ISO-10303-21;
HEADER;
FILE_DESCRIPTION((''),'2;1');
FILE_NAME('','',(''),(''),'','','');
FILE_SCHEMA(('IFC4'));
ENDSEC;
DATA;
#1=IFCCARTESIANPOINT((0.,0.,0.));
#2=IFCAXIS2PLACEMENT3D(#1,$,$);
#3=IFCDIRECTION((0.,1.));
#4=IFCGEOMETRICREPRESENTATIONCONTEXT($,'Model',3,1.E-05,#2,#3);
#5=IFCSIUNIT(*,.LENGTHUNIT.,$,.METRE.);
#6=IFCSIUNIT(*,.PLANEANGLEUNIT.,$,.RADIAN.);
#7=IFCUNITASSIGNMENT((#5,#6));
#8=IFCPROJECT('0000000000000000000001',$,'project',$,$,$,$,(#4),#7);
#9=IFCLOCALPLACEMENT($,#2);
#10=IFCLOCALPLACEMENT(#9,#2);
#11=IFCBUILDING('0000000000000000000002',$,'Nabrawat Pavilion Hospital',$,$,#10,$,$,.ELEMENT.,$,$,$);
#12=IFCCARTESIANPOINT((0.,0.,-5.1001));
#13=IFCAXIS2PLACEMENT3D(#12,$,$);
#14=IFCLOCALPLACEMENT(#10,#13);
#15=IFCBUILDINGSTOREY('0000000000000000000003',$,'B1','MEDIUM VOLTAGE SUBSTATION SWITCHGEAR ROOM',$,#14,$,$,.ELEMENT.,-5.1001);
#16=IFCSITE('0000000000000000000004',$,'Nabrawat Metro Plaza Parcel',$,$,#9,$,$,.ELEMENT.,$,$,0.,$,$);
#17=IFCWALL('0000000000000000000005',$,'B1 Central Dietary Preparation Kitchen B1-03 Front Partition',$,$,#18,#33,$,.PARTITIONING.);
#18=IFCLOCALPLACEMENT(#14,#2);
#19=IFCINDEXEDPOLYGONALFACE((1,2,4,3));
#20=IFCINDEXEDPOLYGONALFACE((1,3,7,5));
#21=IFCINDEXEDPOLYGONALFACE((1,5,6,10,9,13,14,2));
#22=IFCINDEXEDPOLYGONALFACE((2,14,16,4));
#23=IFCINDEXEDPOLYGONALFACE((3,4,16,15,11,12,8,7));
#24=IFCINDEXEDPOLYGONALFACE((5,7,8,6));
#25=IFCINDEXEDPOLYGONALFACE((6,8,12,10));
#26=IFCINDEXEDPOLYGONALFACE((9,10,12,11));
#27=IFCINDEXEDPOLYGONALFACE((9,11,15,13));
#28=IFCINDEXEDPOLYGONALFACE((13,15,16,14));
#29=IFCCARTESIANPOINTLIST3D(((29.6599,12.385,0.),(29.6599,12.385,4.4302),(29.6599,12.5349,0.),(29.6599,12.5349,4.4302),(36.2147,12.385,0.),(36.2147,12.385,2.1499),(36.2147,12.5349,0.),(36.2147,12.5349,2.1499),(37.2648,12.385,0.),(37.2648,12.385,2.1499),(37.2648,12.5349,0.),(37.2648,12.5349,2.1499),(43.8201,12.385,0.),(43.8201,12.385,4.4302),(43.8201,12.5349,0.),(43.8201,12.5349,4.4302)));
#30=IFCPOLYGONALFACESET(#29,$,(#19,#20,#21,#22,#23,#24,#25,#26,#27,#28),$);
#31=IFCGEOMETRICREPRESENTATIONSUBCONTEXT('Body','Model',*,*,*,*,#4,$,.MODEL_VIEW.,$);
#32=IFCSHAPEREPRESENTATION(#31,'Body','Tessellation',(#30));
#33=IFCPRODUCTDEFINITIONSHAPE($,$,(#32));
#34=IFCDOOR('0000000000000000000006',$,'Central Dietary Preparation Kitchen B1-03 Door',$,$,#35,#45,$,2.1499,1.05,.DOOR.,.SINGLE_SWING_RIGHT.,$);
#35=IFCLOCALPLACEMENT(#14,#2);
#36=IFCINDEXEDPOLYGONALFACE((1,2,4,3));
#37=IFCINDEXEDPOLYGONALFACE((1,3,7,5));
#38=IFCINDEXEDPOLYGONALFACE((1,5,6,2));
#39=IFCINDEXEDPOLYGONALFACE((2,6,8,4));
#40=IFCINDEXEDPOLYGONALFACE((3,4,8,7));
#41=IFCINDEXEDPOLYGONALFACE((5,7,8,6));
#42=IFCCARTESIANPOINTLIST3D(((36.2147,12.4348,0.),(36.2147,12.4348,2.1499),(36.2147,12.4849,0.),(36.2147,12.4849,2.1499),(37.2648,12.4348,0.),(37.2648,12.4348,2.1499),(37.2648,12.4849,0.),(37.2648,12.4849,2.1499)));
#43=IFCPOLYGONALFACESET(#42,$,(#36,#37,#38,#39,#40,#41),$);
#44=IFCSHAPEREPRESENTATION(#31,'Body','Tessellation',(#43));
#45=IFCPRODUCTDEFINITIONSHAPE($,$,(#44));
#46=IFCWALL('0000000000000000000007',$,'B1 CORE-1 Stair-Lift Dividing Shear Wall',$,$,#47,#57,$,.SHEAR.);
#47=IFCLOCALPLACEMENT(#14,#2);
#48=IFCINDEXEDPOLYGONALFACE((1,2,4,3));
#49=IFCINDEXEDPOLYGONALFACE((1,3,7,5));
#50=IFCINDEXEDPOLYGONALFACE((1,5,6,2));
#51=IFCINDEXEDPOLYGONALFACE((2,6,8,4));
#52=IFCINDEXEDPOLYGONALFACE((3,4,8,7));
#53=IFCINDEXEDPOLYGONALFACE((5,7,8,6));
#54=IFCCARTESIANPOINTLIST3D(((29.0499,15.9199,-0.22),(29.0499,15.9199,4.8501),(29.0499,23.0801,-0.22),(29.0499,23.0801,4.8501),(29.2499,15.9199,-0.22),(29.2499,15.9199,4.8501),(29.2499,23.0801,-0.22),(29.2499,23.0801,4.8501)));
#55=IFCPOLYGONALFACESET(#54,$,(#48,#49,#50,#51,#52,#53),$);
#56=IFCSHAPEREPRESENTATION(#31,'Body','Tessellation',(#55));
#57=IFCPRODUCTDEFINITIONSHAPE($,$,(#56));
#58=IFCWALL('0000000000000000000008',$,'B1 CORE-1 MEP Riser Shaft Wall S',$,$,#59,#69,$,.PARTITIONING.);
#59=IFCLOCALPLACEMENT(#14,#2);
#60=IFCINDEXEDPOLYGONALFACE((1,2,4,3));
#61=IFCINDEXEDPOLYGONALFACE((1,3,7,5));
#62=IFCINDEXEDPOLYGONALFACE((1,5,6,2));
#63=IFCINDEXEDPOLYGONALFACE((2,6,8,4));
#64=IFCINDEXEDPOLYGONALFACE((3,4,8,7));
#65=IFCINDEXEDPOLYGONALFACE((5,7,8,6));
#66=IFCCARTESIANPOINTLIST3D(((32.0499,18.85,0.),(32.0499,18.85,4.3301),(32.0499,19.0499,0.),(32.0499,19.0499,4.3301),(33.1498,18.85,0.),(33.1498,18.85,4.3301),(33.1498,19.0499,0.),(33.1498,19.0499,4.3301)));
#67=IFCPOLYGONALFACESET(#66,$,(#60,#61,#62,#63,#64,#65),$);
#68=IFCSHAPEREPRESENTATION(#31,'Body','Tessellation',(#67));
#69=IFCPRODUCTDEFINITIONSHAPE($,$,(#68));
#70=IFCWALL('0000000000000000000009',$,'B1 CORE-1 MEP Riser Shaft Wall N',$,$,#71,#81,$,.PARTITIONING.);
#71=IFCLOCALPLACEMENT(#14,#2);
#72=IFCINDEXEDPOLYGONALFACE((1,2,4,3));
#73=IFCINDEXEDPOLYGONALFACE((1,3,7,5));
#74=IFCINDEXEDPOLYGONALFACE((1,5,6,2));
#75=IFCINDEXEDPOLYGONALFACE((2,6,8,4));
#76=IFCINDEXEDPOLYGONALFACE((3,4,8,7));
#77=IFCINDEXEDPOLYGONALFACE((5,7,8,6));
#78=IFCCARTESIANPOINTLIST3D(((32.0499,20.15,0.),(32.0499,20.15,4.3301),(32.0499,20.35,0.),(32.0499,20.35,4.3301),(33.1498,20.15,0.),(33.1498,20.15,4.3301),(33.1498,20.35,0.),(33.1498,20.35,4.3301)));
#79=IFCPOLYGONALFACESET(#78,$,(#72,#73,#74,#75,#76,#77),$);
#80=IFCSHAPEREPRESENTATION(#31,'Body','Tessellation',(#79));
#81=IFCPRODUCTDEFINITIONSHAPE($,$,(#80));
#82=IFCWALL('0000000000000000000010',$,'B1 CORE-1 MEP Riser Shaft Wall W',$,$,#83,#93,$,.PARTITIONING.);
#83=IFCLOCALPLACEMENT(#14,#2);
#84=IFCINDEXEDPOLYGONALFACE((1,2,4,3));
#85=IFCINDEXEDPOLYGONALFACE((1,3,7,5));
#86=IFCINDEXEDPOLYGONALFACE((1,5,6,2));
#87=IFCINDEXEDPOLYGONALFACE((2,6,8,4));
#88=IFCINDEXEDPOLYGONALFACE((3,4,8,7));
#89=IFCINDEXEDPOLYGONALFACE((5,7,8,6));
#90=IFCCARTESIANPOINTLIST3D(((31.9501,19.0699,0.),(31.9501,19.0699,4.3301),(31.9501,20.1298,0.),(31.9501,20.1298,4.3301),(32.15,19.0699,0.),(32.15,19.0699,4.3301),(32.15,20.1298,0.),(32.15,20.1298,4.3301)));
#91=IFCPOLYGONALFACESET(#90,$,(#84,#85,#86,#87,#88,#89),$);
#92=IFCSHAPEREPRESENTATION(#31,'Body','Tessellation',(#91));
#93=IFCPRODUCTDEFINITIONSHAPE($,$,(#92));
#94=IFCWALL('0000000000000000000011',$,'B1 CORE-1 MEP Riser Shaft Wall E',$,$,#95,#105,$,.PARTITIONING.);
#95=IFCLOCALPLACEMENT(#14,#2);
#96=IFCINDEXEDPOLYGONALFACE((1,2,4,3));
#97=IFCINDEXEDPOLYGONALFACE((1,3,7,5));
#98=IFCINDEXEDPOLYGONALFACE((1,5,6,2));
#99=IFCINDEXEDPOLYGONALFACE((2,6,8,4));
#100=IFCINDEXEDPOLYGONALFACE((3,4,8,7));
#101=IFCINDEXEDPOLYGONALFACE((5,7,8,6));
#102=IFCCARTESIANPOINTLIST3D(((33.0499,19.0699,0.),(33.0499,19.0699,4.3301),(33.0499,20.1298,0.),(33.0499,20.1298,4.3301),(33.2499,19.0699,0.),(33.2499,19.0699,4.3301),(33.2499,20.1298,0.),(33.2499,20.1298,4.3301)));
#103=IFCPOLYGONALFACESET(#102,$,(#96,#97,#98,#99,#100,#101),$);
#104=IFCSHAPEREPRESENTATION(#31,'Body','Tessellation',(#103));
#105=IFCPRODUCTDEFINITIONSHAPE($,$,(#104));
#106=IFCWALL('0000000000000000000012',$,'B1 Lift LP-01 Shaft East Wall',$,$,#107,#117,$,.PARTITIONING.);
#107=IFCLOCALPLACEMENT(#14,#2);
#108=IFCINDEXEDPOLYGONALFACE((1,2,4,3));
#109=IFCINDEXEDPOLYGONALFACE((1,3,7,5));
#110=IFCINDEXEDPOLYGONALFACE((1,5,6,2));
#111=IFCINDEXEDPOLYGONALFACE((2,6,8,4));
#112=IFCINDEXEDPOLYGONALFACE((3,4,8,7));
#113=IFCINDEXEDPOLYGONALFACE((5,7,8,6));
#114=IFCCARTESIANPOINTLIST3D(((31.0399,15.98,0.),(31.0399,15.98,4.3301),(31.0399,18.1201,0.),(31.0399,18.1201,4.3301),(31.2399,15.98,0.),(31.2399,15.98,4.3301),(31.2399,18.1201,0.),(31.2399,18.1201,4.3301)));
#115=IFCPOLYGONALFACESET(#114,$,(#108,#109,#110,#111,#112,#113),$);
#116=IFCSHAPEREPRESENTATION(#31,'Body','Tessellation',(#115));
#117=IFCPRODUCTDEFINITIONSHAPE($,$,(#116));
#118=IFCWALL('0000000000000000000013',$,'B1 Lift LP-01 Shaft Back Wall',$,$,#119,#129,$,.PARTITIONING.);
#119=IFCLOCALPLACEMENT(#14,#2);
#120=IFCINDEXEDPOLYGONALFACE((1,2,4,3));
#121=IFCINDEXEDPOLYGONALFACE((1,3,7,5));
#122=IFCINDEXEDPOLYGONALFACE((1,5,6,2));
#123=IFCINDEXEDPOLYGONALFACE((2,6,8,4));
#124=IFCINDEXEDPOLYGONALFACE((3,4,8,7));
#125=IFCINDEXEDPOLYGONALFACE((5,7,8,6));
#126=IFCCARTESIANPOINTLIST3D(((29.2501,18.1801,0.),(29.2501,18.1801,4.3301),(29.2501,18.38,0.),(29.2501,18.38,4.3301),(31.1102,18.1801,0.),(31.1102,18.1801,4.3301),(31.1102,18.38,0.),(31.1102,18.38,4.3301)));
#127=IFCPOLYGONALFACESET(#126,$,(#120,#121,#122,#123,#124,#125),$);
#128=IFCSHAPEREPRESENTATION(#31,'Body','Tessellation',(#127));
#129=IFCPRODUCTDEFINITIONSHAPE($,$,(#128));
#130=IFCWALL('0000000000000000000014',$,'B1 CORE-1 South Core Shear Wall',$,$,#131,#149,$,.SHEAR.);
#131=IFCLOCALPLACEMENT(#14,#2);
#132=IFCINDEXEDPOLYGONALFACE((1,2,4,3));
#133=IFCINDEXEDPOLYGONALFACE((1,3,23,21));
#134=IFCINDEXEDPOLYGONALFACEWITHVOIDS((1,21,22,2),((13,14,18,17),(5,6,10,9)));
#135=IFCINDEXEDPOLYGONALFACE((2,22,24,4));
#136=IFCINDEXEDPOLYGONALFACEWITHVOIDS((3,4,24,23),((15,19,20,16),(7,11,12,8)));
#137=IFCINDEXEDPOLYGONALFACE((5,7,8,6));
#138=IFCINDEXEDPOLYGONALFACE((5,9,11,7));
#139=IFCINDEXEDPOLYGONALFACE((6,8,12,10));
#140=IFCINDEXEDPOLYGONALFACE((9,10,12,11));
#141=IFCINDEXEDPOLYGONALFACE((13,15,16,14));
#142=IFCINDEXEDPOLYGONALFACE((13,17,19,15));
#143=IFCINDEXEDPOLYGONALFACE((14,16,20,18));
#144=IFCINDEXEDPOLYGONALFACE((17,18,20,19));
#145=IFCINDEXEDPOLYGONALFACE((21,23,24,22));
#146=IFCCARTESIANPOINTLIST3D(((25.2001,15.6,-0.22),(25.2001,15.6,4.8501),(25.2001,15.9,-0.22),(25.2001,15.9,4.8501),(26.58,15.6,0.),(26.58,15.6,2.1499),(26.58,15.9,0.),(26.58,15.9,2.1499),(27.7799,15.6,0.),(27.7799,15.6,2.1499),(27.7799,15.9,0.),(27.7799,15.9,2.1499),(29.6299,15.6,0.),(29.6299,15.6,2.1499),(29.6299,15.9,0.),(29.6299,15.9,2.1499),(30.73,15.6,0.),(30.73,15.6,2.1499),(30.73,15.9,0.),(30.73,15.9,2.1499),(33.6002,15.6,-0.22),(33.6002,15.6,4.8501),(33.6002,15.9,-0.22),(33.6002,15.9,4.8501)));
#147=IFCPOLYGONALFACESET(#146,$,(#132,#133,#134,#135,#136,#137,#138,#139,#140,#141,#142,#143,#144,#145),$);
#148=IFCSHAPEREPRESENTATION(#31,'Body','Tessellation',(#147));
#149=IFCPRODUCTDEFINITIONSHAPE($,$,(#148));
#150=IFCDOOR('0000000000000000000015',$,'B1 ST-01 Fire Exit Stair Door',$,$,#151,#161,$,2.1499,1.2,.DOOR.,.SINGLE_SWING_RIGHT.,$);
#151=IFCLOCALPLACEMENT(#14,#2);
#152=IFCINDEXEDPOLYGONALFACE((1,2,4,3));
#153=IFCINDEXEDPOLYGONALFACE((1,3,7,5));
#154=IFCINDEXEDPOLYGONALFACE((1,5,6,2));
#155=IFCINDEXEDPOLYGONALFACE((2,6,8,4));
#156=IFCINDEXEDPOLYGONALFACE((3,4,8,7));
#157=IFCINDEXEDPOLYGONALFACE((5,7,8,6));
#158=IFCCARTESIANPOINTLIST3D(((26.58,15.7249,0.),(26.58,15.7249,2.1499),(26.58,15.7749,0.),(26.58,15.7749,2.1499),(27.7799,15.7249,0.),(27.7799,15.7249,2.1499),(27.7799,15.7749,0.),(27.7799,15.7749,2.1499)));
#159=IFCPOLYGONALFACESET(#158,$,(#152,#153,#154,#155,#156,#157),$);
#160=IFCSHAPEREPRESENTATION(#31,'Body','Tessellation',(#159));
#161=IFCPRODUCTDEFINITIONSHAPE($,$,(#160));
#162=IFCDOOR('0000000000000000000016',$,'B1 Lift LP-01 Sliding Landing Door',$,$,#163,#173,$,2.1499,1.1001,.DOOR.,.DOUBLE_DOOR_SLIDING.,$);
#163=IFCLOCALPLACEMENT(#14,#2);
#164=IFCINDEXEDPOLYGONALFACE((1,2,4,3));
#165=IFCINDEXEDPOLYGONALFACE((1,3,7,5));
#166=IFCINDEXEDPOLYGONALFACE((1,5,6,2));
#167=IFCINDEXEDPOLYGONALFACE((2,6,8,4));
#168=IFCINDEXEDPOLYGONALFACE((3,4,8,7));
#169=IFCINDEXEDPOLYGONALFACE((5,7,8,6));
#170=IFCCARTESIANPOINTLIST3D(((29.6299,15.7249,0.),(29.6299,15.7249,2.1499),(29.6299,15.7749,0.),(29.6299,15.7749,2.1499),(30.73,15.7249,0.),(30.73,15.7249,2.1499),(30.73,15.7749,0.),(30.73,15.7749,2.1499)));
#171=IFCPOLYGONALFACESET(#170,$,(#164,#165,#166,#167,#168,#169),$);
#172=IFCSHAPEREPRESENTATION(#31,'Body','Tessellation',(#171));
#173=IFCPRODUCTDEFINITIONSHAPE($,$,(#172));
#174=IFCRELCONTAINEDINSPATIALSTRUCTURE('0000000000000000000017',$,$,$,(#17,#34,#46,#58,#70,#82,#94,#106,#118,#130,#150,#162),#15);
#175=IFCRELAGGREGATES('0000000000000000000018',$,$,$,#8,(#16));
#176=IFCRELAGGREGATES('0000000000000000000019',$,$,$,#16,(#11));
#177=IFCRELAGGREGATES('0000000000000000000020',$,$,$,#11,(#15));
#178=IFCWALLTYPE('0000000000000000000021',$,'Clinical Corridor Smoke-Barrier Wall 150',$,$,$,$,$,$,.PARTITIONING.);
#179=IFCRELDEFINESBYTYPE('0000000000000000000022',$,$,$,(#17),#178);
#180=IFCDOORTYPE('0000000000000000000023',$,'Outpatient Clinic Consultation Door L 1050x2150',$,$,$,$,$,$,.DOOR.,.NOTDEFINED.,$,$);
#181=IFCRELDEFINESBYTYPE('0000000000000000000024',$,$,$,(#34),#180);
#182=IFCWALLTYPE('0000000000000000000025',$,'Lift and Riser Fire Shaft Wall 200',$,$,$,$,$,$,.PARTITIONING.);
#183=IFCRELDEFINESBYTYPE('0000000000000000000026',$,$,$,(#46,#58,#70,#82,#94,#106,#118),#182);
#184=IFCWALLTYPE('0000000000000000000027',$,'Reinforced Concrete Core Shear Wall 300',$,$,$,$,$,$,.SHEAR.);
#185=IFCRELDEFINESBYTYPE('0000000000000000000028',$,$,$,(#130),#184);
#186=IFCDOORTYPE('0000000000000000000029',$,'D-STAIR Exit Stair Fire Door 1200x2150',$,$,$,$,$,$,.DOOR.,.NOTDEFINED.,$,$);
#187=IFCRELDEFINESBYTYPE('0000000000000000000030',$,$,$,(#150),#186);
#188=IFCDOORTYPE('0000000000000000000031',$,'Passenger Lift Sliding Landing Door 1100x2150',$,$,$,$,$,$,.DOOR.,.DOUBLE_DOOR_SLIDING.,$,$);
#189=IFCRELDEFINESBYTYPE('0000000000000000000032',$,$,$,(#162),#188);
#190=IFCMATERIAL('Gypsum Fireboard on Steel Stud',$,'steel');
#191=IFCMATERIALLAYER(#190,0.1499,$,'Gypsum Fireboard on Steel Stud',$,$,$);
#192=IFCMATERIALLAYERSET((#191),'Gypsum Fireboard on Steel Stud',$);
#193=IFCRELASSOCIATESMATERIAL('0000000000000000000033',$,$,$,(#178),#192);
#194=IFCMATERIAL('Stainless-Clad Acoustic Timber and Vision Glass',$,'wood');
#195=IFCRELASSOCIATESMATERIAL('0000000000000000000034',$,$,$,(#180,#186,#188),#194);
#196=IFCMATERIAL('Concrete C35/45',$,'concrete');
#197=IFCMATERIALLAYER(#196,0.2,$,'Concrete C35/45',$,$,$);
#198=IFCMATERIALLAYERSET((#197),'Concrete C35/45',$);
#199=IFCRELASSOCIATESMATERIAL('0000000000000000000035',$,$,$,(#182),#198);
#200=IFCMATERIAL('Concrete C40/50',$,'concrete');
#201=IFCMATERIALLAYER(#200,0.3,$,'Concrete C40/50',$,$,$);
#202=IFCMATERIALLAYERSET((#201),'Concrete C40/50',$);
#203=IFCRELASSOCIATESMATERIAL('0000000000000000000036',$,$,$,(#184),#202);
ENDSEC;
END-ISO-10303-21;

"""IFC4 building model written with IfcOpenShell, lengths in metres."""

from ifc_helpers import new_model, si_unit, direction, frame, frame_2d, origin, place, context, subcontext, project, spatial, rectangle, extrude, material, layer, layer_set, type_object, element, fill, save


model = new_model("IFC4")

# Units and contexts
model_context = context("Model", 3, precision=1e-05, world=origin(), true_north=direction((0.0, 1.0)))
body_context = subcontext(model_context, "Body", "Model", "MODEL_VIEW")
ifc_project = project(units=[si_unit("LENGTHUNIT", "METRE"), si_unit("PLANEANGLEUNIT", "RADIAN")], contexts=[model_context])

# Site, building, storey
site_placement = place(None, origin())
site = spatial("IfcSite", under=ifc_project, at=site_placement, Name="Nabrawat Metro Plaza Parcel", CompositionType="ELEMENT", RefElevation=0.0)
building_placement = place(site_placement, origin())
building = spatial("IfcBuilding", under=site, at=building_placement, Name="Nabrawat Pavilion Hospital", CompositionType="ELEMENT")
storey_placement = place(building_placement, frame((0.0, 0.0, -5.1001)))
storey = spatial("IfcBuildingStorey", under=building, at=storey_placement, Name="B1", Description="MEDIUM VOLTAGE SUBSTATION SWITCHGEAR ROOM", CompositionType="ELEMENT", Elevation=-5.1001)

# Shared definitions
ifc_material_1 = material(Name="Concrete C35/45", Category="concrete")

# Shared definitions
ifc_material_2 = material(Name="Concrete C40/50", Category="concrete")

# Wall, opening, door
ifc_material_3 = material(Name="Gypsum Fireboard on Steel Stud", Category="steel")
ifc_layer_1 = layer(ifc_material_3, 0.1499, Name="Gypsum Fireboard on Steel Stud")
ifc_layer_set_1 = layer_set([ifc_layer_1], Name="Gypsum Fireboard on Steel Stud")
wall_type_1 = type_object("IfcWallType", Name="Clinical Corridor Smoke-Barrier Wall 150", PredefinedType="PARTITIONING", material=ifc_layer_set_1)
wall_1_placement = place(storey_placement, frame((29.6599, 12.46, 0.0), z_axis=(0.0, 0.0, 1.0), x_axis=(1.0, 0.0, 0.0)))
wall_1 = element("IfcWall", 1, at=wall_1_placement, inside=storey, type_object=wall_type_1, Name="B1 Central Dietary Preparation Kitchen B1-03 Front Partition", PredefinedType="PARTITIONING", context=body_context, shape_type="SweptSolid", body=[
    extrude(rectangle(XDim=14.1602, YDim=0.1499, at=frame_2d((7.0801, 0.0))), origin(), (0.0, 0.0, 1.0), 4.4302),
])
opening_1_placement = place(wall_1_placement, frame((6.5549, 0.0, 0.0)))
opening_1 = element("IfcOpeningElement", 2, at=opening_1_placement, cuts=wall_1, PredefinedType="OPENING", context=body_context, shape_type="SweptSolid", body=[
    extrude(rectangle(XDim=1.05, YDim=2.1499, at=frame_2d((0.5249, 1.075))), frame((0.0, 0.085, 0.0), z_axis=(0.0, -1.0, 0.0), x_axis=(1.0, 0.0, 0.0)), (0.0, 0.0, 1.0), 0.1699),
])
ifc_material_4 = material(Name="Stainless-Clad Acoustic Timber and Vision Glass", Category="wood")
door_type_1 = type_object("IfcDoorType", Name="Outpatient Clinic Consultation Door L 1050x2150", OperationType="NOTDEFINED", PredefinedType="DOOR", material=ifc_material_4)
door_1_placement = place(opening_1_placement, origin())
door_1 = element("IfcDoor", 3, at=door_1_placement, inside=storey, type_object=door_type_1, Name="Central Dietary Preparation Kitchen B1-03 Door", OperationType="SINGLE_SWING_RIGHT", OverallHeight=2.1499, OverallWidth=1.05, PredefinedType="DOOR", context=body_context, shape_type="SweptSolid", body=[
    extrude(rectangle(XDim=1.05, YDim=2.1499, at=frame_2d((0.5249, 1.075))), frame((0.0, 0.0249, 0.0), z_axis=(0.0, -1.0, 0.0), x_axis=(1.0, 0.0, 0.0)), (0.0, 0.0, 1.0), 0.05),
])
fill(opening_1, door_1)

# Walls
ifc_layer_2 = layer(ifc_material_1, 0.2, Name="Concrete C35/45")
ifc_layer_set_2 = layer_set([ifc_layer_2], Name="Concrete C35/45")
wall_type_2 = type_object("IfcWallType", Name="Lift and Riser Fire Shaft Wall 200", PredefinedType="PARTITIONING", material=ifc_layer_set_2)
wall_2_placement = place(storey_placement, frame((29.1499, 15.9199, -0.22), z_axis=(0.0, 0.0, 1.0), x_axis=(0.0, 1.0, 0.0)))
element("IfcWall", 4, at=wall_2_placement, inside=storey, type_object=wall_type_2, Name="B1 CORE-1 Stair-Lift Dividing Shear Wall", PredefinedType="SHEAR", context=body_context, shape_type="SweptSolid", body=[
    extrude(rectangle(XDim=7.1602, YDim=0.2, at=frame_2d((3.5801, 0.0))), origin(), (0.0, 0.0, 1.0), 5.0701),
])
for number, where, z_axis, x_axis, name in (
    (5, (32.05, 18.95, 0.0), (0.0, 0.0, 1.0), (1.0, 0.0, 0.0), "B1 CORE-1 MEP Riser Shaft Wall S"),
    (6, (32.05, 20.25, 0.0), (0.0, 0.0, 1.0), (1.0, 0.0, 0.0), "B1 CORE-1 MEP Riser Shaft Wall N"),
):
    element("IfcWall", number, at=place(storey_placement, frame(where, z_axis=z_axis, x_axis=x_axis)), inside=storey, type_object=wall_type_2, Name=name, PredefinedType="PARTITIONING", context=body_context, shape_type="SweptSolid", body=[
        extrude(rectangle(XDim=1.0999, YDim=0.2, at=frame_2d((0.5498, 0.0))), origin(), (0.0, 0.0, 1.0), 4.3301),
    ])
for number, where, z_axis, x_axis, name in (
    (7, (32.05, 19.0701, 0.0), (0.0, 0.0, 1.0), (0.0, 1.0, 0.0), "B1 CORE-1 MEP Riser Shaft Wall W"),
    (8, (33.1499, 19.0701, 0.0), (0.0, 0.0, 1.0), (0.0, 1.0, 0.0), "B1 CORE-1 MEP Riser Shaft Wall E"),
):
    element("IfcWall", number, at=place(storey_placement, frame(where, z_axis=z_axis, x_axis=x_axis)), inside=storey, type_object=wall_type_2, Name=name, PredefinedType="PARTITIONING", context=body_context, shape_type="SweptSolid", body=[
        extrude(rectangle(XDim=1.0598, YDim=0.2, at=frame_2d((0.5298, 0.0))), origin(), (0.0, 0.0, 1.0), 4.3301),
    ])
wall_3_placement = place(storey_placement, frame((31.1399, 15.98, 0.0), z_axis=(0.0, 0.0, 1.0), x_axis=(0.0, 1.0, 0.0)))
element("IfcWall", 9, at=wall_3_placement, inside=storey, type_object=wall_type_2, Name="B1 Lift LP-01 Shaft East Wall", PredefinedType="PARTITIONING", context=body_context, shape_type="SweptSolid", body=[
    extrude(rectangle(XDim=2.1401, YDim=0.2, at=frame_2d((1.0701, 0.0))), origin(), (0.0, 0.0, 1.0), 4.3301),
])
wall_4_placement = place(storey_placement, frame((29.25, 18.28, 0.0), z_axis=(0.0, 0.0, 1.0), x_axis=(1.0, 0.0, 0.0)))
element("IfcWall", 10, at=wall_4_placement, inside=storey, type_object=wall_type_2, Name="B1 Lift LP-01 Shaft Back Wall", PredefinedType="PARTITIONING", context=body_context, shape_type="SweptSolid", body=[
    extrude(rectangle(XDim=1.8601, YDim=0.2, at=frame_2d((0.9302, 0.0))), origin(), (0.0, 0.0, 1.0), 4.3301),
])

# Wall, openings, doors
ifc_layer_3 = layer(ifc_material_2, 0.3, Name="Concrete C40/50")
ifc_layer_set_3 = layer_set([ifc_layer_3], Name="Concrete C40/50")
wall_type_3 = type_object("IfcWallType", Name="Reinforced Concrete Core Shear Wall 300", PredefinedType="SHEAR", material=ifc_layer_set_3)
wall_5_placement = place(storey_placement, frame((25.2, 15.75, -0.22), z_axis=(0.0, 0.0, 1.0), x_axis=(1.0, 0.0, 0.0)))
wall_5 = element("IfcWall", 11, at=wall_5_placement, inside=storey, type_object=wall_type_3, Name="B1 CORE-1 South Core Shear Wall", PredefinedType="SHEAR", context=body_context, shape_type="SweptSolid", body=[
    extrude(rectangle(XDim=8.4001, YDim=0.3, at=frame_2d((4.2002, 0.0))), origin(), (0.0, 0.0, 1.0), 5.0701),
])
opening_2_placement = place(wall_5_placement, frame((1.3799, 0.0, 0.22)))
opening_2 = element("IfcOpeningElement", 12, at=opening_2_placement, cuts=wall_5, PredefinedType="OPENING", context=body_context, shape_type="SweptSolid", body=[
    extrude(rectangle(XDim=1.2, YDim=2.1499, at=frame_2d((0.6001, 1.075))), frame((0.0, 0.1602, 0.0), z_axis=(0.0, -1.0, 0.0), x_axis=(1.0, 0.0, 0.0)), (0.0, 0.0, 1.0), 0.3201),
])
opening_3_placement = place(wall_5_placement, frame((4.4299, 0.0, 0.22)))
opening_3 = element("IfcOpeningElement", 13, at=opening_3_placement, cuts=wall_5, PredefinedType="OPENING", context=body_context, shape_type="SweptSolid", body=[
    extrude(rectangle(XDim=1.1001, YDim=2.1499, at=frame_2d((0.55, 1.075))), frame((0.0, 0.1602, 0.0), z_axis=(0.0, -1.0, 0.0), x_axis=(1.0, 0.0, 0.0)), (0.0, 0.0, 1.0), 0.3201),
])
door_type_2 = type_object("IfcDoorType", Name="D-STAIR Exit Stair Fire Door 1200x2150", OperationType="NOTDEFINED", PredefinedType="DOOR", material=ifc_material_4)
door_2_placement = place(opening_2_placement, origin())
door_2 = element("IfcDoor", 14, at=door_2_placement, inside=storey, type_object=door_type_2, Name="B1 ST-01 Fire Exit Stair Door", OperationType="SINGLE_SWING_RIGHT", OverallHeight=2.1499, OverallWidth=1.2, PredefinedType="DOOR", context=body_context, shape_type="SweptSolid", body=[
    extrude(rectangle(XDim=1.2, YDim=2.1499, at=frame_2d((0.6001, 1.075))), frame((0.0, 0.0249, 0.0), z_axis=(0.0, -1.0, 0.0), x_axis=(1.0, 0.0, 0.0)), (0.0, 0.0, 1.0), 0.05),
])
fill(opening_2, door_2)
door_type_3 = type_object("IfcDoorType", Name="Passenger Lift Sliding Landing Door 1100x2150", OperationType="DOUBLE_DOOR_SLIDING", PredefinedType="DOOR", material=ifc_material_4)
door_3_placement = place(opening_3_placement, origin())
door_3 = element("IfcDoor", 15, at=door_3_placement, inside=storey, type_object=door_type_3, Name="B1 Lift LP-01 Sliding Landing Door", OperationType="DOUBLE_DOOR_SLIDING", OverallHeight=2.1499, OverallWidth=1.1001, PredefinedType="DOOR", context=body_context, shape_type="SweptSolid", body=[
    extrude(rectangle(XDim=1.1001, YDim=2.1499, at=frame_2d((0.55, 1.075))), frame((0.0, 0.0249, 0.0), z_axis=(0.0, -1.0, 0.0), x_axis=(1.0, 0.0, 0.0)), (0.0, 0.0, 1.0), 0.05),
])
fill(opening_3, door_3)

save(model, "model.ifc")
